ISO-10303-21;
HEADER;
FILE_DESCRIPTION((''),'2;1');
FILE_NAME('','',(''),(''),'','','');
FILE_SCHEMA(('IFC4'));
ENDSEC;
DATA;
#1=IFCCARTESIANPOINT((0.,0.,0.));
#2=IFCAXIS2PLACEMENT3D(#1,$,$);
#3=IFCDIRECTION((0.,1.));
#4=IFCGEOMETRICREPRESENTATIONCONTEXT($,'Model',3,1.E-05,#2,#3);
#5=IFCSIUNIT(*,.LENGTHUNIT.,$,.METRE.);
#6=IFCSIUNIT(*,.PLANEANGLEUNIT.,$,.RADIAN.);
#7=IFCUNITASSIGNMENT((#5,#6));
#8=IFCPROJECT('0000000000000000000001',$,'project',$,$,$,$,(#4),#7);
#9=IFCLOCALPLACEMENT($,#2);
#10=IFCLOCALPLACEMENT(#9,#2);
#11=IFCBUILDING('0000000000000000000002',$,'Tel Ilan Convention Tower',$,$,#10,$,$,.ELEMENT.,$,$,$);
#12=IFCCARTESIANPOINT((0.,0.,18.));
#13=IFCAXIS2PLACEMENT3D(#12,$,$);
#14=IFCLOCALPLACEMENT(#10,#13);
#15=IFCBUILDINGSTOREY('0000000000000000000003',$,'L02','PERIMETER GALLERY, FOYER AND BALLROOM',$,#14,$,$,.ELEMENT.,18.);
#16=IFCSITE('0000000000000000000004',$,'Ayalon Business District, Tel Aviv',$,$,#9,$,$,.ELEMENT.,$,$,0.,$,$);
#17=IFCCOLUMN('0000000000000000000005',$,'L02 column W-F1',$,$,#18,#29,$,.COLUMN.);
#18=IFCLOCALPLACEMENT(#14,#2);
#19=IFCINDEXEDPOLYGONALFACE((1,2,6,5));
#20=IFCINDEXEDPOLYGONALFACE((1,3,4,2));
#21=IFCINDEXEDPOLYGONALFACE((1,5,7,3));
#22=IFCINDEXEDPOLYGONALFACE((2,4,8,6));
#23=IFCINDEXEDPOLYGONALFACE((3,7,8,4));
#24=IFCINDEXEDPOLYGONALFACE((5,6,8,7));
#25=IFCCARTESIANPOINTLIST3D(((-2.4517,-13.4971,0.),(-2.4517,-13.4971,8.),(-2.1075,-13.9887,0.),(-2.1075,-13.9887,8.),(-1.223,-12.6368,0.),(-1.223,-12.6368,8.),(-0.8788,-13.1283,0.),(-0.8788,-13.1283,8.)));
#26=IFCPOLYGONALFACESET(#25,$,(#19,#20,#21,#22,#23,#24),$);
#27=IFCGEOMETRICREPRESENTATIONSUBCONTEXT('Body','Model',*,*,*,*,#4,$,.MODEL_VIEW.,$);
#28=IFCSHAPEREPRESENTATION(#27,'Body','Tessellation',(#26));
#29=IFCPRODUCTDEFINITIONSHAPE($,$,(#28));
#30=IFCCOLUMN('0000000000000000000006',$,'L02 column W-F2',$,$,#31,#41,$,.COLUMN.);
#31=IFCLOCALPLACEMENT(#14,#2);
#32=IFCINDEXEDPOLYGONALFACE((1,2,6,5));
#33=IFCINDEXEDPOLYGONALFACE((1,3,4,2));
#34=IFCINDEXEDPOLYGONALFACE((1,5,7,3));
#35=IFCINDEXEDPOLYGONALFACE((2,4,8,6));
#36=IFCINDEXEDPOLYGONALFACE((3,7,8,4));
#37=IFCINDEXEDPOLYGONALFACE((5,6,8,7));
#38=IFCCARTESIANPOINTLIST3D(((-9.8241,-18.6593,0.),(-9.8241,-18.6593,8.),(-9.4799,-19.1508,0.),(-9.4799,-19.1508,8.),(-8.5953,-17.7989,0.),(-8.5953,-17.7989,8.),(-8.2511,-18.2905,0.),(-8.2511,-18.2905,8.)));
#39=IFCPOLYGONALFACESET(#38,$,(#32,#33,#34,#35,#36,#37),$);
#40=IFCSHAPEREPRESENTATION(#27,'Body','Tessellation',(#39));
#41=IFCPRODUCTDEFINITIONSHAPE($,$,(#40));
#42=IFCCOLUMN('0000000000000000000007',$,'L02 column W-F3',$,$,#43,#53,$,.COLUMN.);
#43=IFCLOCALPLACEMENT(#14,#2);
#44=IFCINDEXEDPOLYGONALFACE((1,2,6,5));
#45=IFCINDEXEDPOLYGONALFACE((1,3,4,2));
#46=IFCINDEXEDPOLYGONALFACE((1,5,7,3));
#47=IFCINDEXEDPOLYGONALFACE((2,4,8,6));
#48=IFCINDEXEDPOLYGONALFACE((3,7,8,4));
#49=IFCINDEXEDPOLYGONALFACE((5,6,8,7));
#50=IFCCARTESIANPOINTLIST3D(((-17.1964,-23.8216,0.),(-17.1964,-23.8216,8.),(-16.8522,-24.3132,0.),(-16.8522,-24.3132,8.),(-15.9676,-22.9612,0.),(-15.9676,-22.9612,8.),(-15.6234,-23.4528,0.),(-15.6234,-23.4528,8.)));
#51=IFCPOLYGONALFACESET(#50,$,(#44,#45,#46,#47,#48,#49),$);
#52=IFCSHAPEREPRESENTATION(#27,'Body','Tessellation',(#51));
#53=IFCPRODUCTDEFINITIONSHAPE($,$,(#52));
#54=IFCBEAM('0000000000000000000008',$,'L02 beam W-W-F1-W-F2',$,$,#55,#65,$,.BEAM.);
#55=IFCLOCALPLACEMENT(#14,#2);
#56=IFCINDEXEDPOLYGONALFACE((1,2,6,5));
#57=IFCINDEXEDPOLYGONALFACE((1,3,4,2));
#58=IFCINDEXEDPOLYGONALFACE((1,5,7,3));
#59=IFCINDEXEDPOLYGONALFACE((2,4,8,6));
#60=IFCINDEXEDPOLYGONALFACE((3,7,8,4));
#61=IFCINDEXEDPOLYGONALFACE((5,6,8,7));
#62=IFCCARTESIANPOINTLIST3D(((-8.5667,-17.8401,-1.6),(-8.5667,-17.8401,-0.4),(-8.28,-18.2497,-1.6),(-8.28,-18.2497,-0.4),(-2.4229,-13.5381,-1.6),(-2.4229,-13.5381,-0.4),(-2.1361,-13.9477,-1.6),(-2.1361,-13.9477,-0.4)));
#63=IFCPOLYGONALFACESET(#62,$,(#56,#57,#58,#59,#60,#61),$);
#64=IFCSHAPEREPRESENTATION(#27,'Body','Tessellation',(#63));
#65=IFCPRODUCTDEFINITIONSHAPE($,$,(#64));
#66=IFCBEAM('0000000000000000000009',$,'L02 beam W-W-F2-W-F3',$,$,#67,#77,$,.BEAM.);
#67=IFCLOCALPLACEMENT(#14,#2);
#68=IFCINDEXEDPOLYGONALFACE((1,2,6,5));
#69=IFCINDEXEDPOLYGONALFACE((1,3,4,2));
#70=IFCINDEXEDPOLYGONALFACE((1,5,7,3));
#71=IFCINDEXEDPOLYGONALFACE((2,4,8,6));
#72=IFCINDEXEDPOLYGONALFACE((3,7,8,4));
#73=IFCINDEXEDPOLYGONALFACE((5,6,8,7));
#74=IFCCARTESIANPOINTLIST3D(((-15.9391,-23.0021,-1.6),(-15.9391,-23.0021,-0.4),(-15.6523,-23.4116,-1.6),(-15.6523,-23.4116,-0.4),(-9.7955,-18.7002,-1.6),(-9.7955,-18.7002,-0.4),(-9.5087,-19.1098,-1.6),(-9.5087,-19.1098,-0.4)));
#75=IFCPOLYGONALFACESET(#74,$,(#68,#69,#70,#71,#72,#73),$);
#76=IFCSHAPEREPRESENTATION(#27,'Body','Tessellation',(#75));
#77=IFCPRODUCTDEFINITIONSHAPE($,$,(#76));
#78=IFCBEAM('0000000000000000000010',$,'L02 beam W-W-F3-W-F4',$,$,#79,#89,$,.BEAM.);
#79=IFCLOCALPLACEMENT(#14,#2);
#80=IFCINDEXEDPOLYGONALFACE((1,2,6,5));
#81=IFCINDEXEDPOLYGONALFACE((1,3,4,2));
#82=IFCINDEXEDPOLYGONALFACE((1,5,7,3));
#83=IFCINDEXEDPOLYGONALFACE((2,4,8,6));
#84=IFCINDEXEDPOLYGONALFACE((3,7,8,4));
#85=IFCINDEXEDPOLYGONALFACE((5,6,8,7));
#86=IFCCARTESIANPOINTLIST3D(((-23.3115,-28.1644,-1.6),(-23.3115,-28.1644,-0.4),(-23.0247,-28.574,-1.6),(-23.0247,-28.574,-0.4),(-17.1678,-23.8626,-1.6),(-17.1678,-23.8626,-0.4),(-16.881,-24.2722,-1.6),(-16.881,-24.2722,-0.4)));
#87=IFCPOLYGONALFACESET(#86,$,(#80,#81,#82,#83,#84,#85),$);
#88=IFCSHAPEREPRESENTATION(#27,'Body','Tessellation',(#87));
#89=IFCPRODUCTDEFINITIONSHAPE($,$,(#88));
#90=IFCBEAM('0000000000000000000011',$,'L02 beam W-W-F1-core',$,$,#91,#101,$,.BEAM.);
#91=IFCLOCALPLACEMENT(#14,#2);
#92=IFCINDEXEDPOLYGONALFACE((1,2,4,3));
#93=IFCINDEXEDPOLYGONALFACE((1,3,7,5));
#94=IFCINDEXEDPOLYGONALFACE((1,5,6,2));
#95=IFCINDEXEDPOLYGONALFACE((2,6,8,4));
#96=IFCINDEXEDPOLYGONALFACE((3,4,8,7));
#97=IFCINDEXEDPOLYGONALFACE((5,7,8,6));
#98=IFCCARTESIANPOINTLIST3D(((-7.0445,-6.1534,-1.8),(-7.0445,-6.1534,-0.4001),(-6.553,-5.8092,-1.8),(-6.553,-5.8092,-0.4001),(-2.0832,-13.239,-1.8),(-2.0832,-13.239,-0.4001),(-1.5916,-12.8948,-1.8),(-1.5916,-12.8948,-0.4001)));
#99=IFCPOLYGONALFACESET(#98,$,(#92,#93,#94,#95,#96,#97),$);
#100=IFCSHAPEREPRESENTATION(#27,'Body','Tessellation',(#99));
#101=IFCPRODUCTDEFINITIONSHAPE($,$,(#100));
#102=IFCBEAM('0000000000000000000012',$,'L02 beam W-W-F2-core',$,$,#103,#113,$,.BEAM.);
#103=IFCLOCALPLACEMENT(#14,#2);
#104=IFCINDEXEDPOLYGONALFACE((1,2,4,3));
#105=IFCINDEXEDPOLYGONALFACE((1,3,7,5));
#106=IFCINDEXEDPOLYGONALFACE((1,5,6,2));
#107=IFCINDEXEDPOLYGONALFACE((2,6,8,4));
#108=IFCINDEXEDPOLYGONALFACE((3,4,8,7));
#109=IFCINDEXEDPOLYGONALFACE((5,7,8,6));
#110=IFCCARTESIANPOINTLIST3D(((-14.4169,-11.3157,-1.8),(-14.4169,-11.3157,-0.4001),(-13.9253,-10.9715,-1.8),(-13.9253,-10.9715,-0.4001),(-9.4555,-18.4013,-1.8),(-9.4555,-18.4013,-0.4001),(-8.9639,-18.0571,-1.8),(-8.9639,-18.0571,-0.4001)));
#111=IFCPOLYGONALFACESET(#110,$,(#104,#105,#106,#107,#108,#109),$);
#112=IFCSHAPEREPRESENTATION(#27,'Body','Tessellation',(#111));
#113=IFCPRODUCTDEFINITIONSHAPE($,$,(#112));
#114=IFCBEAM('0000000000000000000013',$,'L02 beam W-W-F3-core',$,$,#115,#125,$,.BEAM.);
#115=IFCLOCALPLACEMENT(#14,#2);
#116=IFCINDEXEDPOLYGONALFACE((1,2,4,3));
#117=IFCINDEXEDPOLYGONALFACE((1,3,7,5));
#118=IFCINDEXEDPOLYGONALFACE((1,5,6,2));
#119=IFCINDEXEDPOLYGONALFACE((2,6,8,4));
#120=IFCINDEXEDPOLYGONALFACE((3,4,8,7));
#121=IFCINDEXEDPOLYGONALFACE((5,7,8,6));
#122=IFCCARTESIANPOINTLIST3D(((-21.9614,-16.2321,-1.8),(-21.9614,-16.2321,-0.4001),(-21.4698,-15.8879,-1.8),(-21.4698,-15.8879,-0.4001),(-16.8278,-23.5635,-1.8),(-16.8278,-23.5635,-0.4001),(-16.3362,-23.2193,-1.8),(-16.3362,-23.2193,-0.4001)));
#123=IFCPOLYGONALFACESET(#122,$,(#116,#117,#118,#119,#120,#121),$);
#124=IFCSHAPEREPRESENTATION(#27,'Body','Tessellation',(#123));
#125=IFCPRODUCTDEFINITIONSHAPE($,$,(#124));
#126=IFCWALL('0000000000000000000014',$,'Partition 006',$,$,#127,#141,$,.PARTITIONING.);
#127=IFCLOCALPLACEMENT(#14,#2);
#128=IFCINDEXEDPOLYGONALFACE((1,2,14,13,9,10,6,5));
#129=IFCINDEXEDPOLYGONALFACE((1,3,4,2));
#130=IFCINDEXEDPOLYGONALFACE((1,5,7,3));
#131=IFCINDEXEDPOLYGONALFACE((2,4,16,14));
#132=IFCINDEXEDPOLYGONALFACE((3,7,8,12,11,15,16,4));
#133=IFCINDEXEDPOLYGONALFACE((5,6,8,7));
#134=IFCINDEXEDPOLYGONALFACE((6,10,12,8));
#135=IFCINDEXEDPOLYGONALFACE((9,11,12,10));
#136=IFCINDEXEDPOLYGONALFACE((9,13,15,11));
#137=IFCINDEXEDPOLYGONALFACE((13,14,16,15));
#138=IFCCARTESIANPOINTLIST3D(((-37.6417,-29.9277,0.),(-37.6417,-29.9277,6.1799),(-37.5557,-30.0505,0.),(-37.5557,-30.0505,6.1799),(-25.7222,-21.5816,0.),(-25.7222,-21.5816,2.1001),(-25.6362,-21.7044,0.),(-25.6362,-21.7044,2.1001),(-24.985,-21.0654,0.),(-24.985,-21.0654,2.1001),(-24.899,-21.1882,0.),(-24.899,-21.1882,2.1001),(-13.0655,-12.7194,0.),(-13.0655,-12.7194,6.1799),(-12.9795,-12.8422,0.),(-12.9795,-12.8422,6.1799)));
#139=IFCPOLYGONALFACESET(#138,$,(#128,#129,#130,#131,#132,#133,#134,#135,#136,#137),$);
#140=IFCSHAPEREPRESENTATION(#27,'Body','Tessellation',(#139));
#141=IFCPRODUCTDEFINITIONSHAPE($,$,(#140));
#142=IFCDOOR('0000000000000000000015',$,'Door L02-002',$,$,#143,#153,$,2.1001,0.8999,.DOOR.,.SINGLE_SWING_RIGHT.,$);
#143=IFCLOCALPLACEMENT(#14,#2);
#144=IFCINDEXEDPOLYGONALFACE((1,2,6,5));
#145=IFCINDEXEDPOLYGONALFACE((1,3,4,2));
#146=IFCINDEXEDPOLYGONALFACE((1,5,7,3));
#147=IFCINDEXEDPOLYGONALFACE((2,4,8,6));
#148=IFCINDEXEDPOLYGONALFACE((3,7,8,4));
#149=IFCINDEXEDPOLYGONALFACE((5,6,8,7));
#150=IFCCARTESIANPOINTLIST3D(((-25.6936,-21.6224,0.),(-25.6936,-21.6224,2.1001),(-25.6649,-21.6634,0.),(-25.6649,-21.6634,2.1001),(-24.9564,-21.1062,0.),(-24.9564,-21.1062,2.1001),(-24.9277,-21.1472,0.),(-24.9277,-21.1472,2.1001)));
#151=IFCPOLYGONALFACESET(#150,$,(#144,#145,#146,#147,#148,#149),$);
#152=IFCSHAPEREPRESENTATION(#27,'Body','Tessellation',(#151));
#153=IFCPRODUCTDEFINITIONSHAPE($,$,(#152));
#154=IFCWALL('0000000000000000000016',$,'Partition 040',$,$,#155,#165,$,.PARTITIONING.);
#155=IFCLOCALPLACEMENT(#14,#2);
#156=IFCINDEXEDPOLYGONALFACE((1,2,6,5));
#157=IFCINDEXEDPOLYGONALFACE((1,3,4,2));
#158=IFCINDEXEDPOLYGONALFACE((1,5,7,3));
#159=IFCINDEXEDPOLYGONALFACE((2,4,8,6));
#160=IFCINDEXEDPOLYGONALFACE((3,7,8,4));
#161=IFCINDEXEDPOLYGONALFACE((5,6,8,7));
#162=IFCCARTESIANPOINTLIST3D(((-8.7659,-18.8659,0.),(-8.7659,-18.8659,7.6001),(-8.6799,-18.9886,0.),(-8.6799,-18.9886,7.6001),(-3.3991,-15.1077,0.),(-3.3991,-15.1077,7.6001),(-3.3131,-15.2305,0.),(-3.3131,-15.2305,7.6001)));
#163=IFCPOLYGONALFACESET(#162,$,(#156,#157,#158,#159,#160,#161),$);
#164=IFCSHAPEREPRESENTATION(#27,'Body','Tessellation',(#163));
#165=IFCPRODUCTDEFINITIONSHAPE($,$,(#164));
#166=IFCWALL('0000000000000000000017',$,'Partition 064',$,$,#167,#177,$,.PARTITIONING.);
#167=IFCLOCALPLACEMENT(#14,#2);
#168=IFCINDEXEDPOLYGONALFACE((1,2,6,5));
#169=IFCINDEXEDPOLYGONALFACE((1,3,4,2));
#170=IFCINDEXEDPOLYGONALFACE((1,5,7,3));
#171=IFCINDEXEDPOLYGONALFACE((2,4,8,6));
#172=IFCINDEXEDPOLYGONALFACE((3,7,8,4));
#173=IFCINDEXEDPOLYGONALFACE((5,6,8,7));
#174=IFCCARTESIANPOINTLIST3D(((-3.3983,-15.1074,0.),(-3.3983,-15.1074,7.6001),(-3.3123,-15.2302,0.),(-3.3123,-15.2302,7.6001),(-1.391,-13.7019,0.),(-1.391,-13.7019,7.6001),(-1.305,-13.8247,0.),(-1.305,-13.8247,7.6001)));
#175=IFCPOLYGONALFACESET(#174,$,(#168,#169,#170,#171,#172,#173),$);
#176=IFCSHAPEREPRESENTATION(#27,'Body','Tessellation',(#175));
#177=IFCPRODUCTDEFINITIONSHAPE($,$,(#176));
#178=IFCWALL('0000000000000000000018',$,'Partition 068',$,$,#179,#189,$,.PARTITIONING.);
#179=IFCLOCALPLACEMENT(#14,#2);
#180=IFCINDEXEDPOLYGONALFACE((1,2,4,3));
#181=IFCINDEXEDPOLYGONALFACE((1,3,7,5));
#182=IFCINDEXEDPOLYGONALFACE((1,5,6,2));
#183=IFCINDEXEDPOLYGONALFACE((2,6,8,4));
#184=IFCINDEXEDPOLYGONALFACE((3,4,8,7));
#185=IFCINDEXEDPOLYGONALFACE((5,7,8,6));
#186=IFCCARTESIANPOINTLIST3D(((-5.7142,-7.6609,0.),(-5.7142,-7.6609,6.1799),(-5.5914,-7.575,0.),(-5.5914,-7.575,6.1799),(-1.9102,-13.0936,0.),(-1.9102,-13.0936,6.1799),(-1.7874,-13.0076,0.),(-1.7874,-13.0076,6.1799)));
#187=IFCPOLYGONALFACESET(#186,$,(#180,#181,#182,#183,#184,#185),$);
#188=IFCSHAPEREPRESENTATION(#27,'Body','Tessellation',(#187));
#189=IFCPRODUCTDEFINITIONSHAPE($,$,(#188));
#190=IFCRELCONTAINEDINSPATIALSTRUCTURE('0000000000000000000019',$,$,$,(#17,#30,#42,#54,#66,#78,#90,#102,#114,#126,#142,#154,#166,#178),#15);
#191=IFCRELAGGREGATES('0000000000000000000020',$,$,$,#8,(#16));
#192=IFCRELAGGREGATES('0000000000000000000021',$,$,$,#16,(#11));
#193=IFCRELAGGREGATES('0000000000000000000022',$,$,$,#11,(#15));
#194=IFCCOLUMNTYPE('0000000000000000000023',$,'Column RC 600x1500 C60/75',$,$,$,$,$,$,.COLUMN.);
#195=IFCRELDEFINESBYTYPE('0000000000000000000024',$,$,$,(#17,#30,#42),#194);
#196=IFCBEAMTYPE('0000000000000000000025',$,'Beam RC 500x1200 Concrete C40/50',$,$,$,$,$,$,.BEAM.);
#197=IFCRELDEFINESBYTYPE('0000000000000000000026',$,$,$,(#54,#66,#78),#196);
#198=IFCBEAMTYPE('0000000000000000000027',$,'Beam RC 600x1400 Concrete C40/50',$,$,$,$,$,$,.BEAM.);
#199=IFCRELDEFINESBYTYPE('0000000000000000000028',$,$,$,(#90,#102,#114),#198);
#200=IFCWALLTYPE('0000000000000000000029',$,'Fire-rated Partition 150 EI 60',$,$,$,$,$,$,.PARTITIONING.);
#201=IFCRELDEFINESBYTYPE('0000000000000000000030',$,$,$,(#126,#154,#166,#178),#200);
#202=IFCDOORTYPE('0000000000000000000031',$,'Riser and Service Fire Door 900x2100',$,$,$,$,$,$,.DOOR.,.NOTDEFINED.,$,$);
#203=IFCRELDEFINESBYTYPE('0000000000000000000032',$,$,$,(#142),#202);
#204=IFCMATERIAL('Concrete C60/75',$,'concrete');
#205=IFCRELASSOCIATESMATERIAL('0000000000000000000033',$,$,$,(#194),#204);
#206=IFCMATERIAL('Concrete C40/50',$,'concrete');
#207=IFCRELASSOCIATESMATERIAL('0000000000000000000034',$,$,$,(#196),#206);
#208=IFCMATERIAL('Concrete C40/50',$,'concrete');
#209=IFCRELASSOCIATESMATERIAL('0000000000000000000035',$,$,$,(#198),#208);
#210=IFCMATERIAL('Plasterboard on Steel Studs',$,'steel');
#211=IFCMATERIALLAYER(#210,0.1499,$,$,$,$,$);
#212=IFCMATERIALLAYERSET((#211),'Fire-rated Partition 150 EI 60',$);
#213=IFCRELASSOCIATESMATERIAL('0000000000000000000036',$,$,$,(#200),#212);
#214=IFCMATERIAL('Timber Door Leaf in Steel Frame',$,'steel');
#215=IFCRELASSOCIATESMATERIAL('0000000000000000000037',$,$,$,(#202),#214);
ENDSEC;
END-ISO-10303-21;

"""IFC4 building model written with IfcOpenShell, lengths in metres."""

from ifc_helpers import new_model, si_unit, direction, frame, frame_2d, origin, origin_2d, place, context, subcontext, project, spatial, rectangle, extrude, material, layer, layer_set, material_profile, profile_set, type_object, element, fill, save


model = new_model("IFC4")

# Units and contexts
model_context = context("Model", 3, precision=1e-05, world=origin(), true_north=direction((0.0, 1.0)))
body_context = subcontext(model_context, "Body", "Model", "MODEL_VIEW")
ifc_project = project(units=[si_unit("LENGTHUNIT", "METRE"), si_unit("PLANEANGLEUNIT", "RADIAN")], contexts=[model_context])

# Site, building, storey
site_placement = place(None, origin())
site = spatial("IfcSite", under=ifc_project, at=site_placement, Name="Ayalon Business District, Tel Aviv", CompositionType="ELEMENT", RefElevation=0.0)
building_placement = place(site_placement, origin())
building = spatial("IfcBuilding", under=site, at=building_placement, Name="Tel Ilan Convention Tower", CompositionType="ELEMENT")
storey_placement = place(building_placement, frame((0.0, 0.0, 18.0)))
storey = spatial("IfcBuildingStorey", under=building, at=storey_placement, Name="L02", Description="PERIMETER GALLERY, FOYER AND BALLROOM", CompositionType="ELEMENT", Elevation=18.0)

# Columns
ifc_material_1 = material(Name="Concrete C60/75", Category="concrete")
ifc_material_profile_1 = material_profile(ifc_material_1, rectangle(XDim=1.5, YDim=0.6001, at=origin_2d()), Name="RC 600x1500")
ifc_profile_set_1 = profile_set([ifc_material_profile_1], Name="Concrete C60/75")
column_type = type_object("IfcColumnType", Name="Column RC 600x1500 C60/75", PredefinedType="COLUMN", material=ifc_profile_set_1)
for number, where, z_axis, x_axis, name in (
    (1, (-1.6653, -13.3127, 0.0), (0.0, 0.0, 1.0), (-0.819152, -0.573576, 0.0), "L02 column W-F1"),
    (2, (-9.0376, -18.4749, 0.0), (0.0, 0.0, 1.0), (-0.819152, -0.573576, 0.0), "L02 column W-F2"),
    (3, (-16.4099, -23.6372, 0.0), (0.0, 0.0, 1.0), (-0.819152, -0.573576, 0.0), "L02 column W-F3"),
):
    element("IfcColumn", number, at=place(storey_placement, frame(where, z_axis=z_axis, x_axis=x_axis)), inside=storey, type_object=column_type, Name=name, PredefinedType="COLUMN", context=body_context, shape_type="SweptSolid", body=[
        extrude(rectangle(XDim=1.5, YDim=0.6001, at=origin_2d()), origin(), (0.0, 0.0, 1.0), 8.0),
    ])

# Beams
ifc_material_2 = material(Name="Concrete C40/50", Category="concrete")
ifc_material_profile_2 = material_profile(ifc_material_2, rectangle(XDim=0.5, YDim=1.2, at=origin_2d()), Name="RC 500x1200")
ifc_profile_set_2 = profile_set([ifc_material_profile_2], Name="Concrete C40/50")
beam_type_1 = type_object("IfcBeamType", Name="Beam RC 500x1200 Concrete C40/50", PredefinedType="BEAM", material=ifc_profile_set_2)
beam_1_placement = place(storey_placement, frame((-2.2795, -13.7429, -1.0), z_axis=(-0.819148, -0.573582, 0.0), x_axis=(0.573582, -0.819148, 0.0)))
element("IfcBeam", 4, at=beam_1_placement, inside=storey, type_object=beam_type_1, Name="L02 beam W-W-F1-W-F2", PredefinedType="BEAM", context=body_context, shape_type="SweptSolid", body=[
    extrude(rectangle(XDim=0.5, YDim=1.2, at=origin_2d()), origin(), (0.0, 0.0, 1.0), 7.5002),
])
for number, where, z_axis, x_axis, name in (
    (5, (-9.6521, -18.905, -1.0), (-0.819152, -0.573576, 0.0), (0.573576, -0.819152, 0.0), "L02 beam W-W-F2-W-F3"),
    (6, (-17.0244, -24.0674, -1.0), (-0.819152, -0.573576, 0.0), (0.573576, -0.819152, 0.0), "L02 beam W-W-F3-W-F4"),
):
    element("IfcBeam", number, at=place(storey_placement, frame(where, z_axis=z_axis, x_axis=x_axis)), inside=storey, type_object=beam_type_1, Name=name, PredefinedType="BEAM", context=body_context, shape_type="SweptSolid", body=[
        extrude(rectangle(XDim=0.5, YDim=1.2, at=origin_2d()), origin(), (0.0, 0.0, 1.0), 7.5),
    ])
ifc_material_3 = material(Name="Concrete C40/50", Category="concrete")
ifc_material_profile_3 = material_profile(ifc_material_3, rectangle(XDim=0.6001, YDim=1.3999, at=origin_2d()), Name="RC 600x1400")
ifc_profile_set_3 = profile_set([ifc_material_profile_3], Name="Concrete C40/50")
beam_type_2 = type_object("IfcBeamType", Name="Beam RC 600x1400 Concrete C40/50", PredefinedType="BEAM", material=ifc_profile_set_3)
for number, where, z_axis, x_axis, name in (
    (7, (-1.8374, -13.0669, -1.1001), (-0.573574, 0.819154, 0.0), (-0.819154, -0.573574, 0.0), "L02 beam W-W-F1-core"),
    (8, (-9.2097, -18.2292, -1.1001), (-0.573574, 0.819154, 0.0), (-0.819154, -0.573574, 0.0), "L02 beam W-W-F2-core"),
):
    element("IfcBeam", number, at=place(storey_placement, frame(where, z_axis=z_axis, x_axis=x_axis)), inside=storey, type_object=beam_type_2, Name=name, PredefinedType="BEAM", context=body_context, shape_type="SweptSolid", body=[
        extrude(rectangle(XDim=0.6001, YDim=1.3999, at=origin_2d()), origin(), (0.0, 0.0, 1.0), 8.6499),
    ])
beam_2_placement = place(storey_placement, frame((-16.582, -23.3914, -1.1001), z_axis=(-0.573585, 0.819146, 0.0), x_axis=(-0.819146, -0.573585, 0.0)))
element("IfcBeam", 9, at=beam_2_placement, inside=storey, type_object=beam_type_2, Name="L02 beam W-W-F3-core", PredefinedType="BEAM", context=body_context, shape_type="SweptSolid", body=[
    extrude(rectangle(XDim=0.6001, YDim=1.3999, at=origin_2d()), origin(), (0.0, 0.0, 1.0), 8.95),
])

# Wall, opening, door
ifc_material_4 = material(Name="Plasterboard on Steel Studs", Category="steel")
ifc_layer = layer(ifc_material_4, 0.1499)
ifc_layer_set = layer_set([ifc_layer], Name="Fire-rated Partition 150 EI 60")
wall_type = type_object("IfcWallType", Name="Fire-rated Partition 150 EI 60", PredefinedType="PARTITIONING", material=ifc_layer_set)
wall_1_placement = place(storey_placement, frame((-13.0225, -12.7808, 0.0), z_axis=(0.0, 0.0, 1.0), x_axis=(-0.819155, -0.573573, 0.0)))
wall_1 = element("IfcWall", 10, at=wall_1_placement, inside=storey, type_object=wall_type, Name="Partition 006", PredefinedType="PARTITIONING", context=body_context, shape_type="SweptSolid", body=[
    extrude(rectangle(XDim=30.002, YDim=0.1499, at=frame_2d((15.001, 0.0))), origin(), (0.0, 0.0, 1.0), 6.1799),
])
opening_placement = place(wall_1_placement, frame((14.551, 0.0, 0.0)))
opening = element("IfcOpeningElement", 11, at=opening_placement, cuts=wall_1, PredefinedType="OPENING", context=body_context, shape_type="SweptSolid", body=[
    extrude(rectangle(XDim=0.8999, YDim=2.1001, at=frame_2d((0.45, 1.05))), frame((0.0, 0.085, 0.0), z_axis=(0.0, -1.0, 0.0), x_axis=(1.0, 0.0, 0.0)), (0.0, 0.0, 1.0), 0.1699),
])
ifc_material_5 = material(Name="Timber Door Leaf in Steel Frame", Category="steel")
door_type = type_object("IfcDoorType", Name="Riser and Service Fire Door 900x2100", OperationType="NOTDEFINED", PredefinedType="DOOR", material=ifc_material_5)
door_placement = place(opening_placement, origin())
door = element("IfcDoor", 12, at=door_placement, inside=storey, type_object=door_type, Name="Door L02-002", OperationType="SINGLE_SWING_RIGHT", OverallHeight=2.1001, OverallWidth=0.8999, PredefinedType="DOOR", context=body_context, shape_type="SweptSolid", body=[
    extrude(rectangle(XDim=0.8999, YDim=2.1001, at=frame_2d((0.45, 1.05))), frame((0.0, 0.0249, 0.0), z_axis=(0.0, -1.0, 0.0), x_axis=(1.0, 0.0, 0.0)), (0.0, 0.0, 1.0), 0.05),
])
fill(opening, door)

# Walls
wall_2_placement = place(storey_placement, frame((-8.7229, -18.9272, 0.0), z_axis=(0.0, 0.0, 1.0), x_axis=(0.819134, 0.573602, 0.0)))
element("IfcWall", 13, at=wall_2_placement, inside=storey, type_object=wall_type, Name="Partition 040", PredefinedType="PARTITIONING", context=body_context, shape_type="SweptSolid", body=[
    extrude(rectangle(XDim=6.5518, YDim=0.1499, at=frame_2d((3.2759, 0.0))), origin(), (0.0, 0.0, 1.0), 7.6001),
])
wall_3_placement = place(storey_placement, frame((-3.3552, -15.1687, 0.0), z_axis=(0.0, 0.0, 1.0), x_axis=(0.819157, 0.573569, 0.0)))
element("IfcWall", 14, at=wall_3_placement, inside=storey, type_object=wall_type, Name="Partition 064", PredefinedType="PARTITIONING", context=body_context, shape_type="SweptSolid", body=[
    extrude(rectangle(XDim=2.4504, YDim=0.1499, at=frame_2d((1.2251, 0.0))), origin(), (0.0, 0.0, 1.0), 7.6001),
])
wall_4_placement = place(storey_placement, frame((-1.8489, -13.0505, 0.0), z_axis=(0.0, 0.0, 1.0), x_axis=(-0.573576, 0.819152, 0.0)))
element("IfcWall", 15, at=wall_4_placement, inside=storey, type_object=wall_type, Name="Partition 068", PredefinedType="PARTITIONING", context=body_context, shape_type="SweptSolid", body=[
    extrude(rectangle(XDim=6.6321, YDim=0.1499, at=frame_2d((3.3159, 0.0))), origin(), (0.0, 0.0, 1.0), 6.1799),
])

save(model, "model.ifc")
